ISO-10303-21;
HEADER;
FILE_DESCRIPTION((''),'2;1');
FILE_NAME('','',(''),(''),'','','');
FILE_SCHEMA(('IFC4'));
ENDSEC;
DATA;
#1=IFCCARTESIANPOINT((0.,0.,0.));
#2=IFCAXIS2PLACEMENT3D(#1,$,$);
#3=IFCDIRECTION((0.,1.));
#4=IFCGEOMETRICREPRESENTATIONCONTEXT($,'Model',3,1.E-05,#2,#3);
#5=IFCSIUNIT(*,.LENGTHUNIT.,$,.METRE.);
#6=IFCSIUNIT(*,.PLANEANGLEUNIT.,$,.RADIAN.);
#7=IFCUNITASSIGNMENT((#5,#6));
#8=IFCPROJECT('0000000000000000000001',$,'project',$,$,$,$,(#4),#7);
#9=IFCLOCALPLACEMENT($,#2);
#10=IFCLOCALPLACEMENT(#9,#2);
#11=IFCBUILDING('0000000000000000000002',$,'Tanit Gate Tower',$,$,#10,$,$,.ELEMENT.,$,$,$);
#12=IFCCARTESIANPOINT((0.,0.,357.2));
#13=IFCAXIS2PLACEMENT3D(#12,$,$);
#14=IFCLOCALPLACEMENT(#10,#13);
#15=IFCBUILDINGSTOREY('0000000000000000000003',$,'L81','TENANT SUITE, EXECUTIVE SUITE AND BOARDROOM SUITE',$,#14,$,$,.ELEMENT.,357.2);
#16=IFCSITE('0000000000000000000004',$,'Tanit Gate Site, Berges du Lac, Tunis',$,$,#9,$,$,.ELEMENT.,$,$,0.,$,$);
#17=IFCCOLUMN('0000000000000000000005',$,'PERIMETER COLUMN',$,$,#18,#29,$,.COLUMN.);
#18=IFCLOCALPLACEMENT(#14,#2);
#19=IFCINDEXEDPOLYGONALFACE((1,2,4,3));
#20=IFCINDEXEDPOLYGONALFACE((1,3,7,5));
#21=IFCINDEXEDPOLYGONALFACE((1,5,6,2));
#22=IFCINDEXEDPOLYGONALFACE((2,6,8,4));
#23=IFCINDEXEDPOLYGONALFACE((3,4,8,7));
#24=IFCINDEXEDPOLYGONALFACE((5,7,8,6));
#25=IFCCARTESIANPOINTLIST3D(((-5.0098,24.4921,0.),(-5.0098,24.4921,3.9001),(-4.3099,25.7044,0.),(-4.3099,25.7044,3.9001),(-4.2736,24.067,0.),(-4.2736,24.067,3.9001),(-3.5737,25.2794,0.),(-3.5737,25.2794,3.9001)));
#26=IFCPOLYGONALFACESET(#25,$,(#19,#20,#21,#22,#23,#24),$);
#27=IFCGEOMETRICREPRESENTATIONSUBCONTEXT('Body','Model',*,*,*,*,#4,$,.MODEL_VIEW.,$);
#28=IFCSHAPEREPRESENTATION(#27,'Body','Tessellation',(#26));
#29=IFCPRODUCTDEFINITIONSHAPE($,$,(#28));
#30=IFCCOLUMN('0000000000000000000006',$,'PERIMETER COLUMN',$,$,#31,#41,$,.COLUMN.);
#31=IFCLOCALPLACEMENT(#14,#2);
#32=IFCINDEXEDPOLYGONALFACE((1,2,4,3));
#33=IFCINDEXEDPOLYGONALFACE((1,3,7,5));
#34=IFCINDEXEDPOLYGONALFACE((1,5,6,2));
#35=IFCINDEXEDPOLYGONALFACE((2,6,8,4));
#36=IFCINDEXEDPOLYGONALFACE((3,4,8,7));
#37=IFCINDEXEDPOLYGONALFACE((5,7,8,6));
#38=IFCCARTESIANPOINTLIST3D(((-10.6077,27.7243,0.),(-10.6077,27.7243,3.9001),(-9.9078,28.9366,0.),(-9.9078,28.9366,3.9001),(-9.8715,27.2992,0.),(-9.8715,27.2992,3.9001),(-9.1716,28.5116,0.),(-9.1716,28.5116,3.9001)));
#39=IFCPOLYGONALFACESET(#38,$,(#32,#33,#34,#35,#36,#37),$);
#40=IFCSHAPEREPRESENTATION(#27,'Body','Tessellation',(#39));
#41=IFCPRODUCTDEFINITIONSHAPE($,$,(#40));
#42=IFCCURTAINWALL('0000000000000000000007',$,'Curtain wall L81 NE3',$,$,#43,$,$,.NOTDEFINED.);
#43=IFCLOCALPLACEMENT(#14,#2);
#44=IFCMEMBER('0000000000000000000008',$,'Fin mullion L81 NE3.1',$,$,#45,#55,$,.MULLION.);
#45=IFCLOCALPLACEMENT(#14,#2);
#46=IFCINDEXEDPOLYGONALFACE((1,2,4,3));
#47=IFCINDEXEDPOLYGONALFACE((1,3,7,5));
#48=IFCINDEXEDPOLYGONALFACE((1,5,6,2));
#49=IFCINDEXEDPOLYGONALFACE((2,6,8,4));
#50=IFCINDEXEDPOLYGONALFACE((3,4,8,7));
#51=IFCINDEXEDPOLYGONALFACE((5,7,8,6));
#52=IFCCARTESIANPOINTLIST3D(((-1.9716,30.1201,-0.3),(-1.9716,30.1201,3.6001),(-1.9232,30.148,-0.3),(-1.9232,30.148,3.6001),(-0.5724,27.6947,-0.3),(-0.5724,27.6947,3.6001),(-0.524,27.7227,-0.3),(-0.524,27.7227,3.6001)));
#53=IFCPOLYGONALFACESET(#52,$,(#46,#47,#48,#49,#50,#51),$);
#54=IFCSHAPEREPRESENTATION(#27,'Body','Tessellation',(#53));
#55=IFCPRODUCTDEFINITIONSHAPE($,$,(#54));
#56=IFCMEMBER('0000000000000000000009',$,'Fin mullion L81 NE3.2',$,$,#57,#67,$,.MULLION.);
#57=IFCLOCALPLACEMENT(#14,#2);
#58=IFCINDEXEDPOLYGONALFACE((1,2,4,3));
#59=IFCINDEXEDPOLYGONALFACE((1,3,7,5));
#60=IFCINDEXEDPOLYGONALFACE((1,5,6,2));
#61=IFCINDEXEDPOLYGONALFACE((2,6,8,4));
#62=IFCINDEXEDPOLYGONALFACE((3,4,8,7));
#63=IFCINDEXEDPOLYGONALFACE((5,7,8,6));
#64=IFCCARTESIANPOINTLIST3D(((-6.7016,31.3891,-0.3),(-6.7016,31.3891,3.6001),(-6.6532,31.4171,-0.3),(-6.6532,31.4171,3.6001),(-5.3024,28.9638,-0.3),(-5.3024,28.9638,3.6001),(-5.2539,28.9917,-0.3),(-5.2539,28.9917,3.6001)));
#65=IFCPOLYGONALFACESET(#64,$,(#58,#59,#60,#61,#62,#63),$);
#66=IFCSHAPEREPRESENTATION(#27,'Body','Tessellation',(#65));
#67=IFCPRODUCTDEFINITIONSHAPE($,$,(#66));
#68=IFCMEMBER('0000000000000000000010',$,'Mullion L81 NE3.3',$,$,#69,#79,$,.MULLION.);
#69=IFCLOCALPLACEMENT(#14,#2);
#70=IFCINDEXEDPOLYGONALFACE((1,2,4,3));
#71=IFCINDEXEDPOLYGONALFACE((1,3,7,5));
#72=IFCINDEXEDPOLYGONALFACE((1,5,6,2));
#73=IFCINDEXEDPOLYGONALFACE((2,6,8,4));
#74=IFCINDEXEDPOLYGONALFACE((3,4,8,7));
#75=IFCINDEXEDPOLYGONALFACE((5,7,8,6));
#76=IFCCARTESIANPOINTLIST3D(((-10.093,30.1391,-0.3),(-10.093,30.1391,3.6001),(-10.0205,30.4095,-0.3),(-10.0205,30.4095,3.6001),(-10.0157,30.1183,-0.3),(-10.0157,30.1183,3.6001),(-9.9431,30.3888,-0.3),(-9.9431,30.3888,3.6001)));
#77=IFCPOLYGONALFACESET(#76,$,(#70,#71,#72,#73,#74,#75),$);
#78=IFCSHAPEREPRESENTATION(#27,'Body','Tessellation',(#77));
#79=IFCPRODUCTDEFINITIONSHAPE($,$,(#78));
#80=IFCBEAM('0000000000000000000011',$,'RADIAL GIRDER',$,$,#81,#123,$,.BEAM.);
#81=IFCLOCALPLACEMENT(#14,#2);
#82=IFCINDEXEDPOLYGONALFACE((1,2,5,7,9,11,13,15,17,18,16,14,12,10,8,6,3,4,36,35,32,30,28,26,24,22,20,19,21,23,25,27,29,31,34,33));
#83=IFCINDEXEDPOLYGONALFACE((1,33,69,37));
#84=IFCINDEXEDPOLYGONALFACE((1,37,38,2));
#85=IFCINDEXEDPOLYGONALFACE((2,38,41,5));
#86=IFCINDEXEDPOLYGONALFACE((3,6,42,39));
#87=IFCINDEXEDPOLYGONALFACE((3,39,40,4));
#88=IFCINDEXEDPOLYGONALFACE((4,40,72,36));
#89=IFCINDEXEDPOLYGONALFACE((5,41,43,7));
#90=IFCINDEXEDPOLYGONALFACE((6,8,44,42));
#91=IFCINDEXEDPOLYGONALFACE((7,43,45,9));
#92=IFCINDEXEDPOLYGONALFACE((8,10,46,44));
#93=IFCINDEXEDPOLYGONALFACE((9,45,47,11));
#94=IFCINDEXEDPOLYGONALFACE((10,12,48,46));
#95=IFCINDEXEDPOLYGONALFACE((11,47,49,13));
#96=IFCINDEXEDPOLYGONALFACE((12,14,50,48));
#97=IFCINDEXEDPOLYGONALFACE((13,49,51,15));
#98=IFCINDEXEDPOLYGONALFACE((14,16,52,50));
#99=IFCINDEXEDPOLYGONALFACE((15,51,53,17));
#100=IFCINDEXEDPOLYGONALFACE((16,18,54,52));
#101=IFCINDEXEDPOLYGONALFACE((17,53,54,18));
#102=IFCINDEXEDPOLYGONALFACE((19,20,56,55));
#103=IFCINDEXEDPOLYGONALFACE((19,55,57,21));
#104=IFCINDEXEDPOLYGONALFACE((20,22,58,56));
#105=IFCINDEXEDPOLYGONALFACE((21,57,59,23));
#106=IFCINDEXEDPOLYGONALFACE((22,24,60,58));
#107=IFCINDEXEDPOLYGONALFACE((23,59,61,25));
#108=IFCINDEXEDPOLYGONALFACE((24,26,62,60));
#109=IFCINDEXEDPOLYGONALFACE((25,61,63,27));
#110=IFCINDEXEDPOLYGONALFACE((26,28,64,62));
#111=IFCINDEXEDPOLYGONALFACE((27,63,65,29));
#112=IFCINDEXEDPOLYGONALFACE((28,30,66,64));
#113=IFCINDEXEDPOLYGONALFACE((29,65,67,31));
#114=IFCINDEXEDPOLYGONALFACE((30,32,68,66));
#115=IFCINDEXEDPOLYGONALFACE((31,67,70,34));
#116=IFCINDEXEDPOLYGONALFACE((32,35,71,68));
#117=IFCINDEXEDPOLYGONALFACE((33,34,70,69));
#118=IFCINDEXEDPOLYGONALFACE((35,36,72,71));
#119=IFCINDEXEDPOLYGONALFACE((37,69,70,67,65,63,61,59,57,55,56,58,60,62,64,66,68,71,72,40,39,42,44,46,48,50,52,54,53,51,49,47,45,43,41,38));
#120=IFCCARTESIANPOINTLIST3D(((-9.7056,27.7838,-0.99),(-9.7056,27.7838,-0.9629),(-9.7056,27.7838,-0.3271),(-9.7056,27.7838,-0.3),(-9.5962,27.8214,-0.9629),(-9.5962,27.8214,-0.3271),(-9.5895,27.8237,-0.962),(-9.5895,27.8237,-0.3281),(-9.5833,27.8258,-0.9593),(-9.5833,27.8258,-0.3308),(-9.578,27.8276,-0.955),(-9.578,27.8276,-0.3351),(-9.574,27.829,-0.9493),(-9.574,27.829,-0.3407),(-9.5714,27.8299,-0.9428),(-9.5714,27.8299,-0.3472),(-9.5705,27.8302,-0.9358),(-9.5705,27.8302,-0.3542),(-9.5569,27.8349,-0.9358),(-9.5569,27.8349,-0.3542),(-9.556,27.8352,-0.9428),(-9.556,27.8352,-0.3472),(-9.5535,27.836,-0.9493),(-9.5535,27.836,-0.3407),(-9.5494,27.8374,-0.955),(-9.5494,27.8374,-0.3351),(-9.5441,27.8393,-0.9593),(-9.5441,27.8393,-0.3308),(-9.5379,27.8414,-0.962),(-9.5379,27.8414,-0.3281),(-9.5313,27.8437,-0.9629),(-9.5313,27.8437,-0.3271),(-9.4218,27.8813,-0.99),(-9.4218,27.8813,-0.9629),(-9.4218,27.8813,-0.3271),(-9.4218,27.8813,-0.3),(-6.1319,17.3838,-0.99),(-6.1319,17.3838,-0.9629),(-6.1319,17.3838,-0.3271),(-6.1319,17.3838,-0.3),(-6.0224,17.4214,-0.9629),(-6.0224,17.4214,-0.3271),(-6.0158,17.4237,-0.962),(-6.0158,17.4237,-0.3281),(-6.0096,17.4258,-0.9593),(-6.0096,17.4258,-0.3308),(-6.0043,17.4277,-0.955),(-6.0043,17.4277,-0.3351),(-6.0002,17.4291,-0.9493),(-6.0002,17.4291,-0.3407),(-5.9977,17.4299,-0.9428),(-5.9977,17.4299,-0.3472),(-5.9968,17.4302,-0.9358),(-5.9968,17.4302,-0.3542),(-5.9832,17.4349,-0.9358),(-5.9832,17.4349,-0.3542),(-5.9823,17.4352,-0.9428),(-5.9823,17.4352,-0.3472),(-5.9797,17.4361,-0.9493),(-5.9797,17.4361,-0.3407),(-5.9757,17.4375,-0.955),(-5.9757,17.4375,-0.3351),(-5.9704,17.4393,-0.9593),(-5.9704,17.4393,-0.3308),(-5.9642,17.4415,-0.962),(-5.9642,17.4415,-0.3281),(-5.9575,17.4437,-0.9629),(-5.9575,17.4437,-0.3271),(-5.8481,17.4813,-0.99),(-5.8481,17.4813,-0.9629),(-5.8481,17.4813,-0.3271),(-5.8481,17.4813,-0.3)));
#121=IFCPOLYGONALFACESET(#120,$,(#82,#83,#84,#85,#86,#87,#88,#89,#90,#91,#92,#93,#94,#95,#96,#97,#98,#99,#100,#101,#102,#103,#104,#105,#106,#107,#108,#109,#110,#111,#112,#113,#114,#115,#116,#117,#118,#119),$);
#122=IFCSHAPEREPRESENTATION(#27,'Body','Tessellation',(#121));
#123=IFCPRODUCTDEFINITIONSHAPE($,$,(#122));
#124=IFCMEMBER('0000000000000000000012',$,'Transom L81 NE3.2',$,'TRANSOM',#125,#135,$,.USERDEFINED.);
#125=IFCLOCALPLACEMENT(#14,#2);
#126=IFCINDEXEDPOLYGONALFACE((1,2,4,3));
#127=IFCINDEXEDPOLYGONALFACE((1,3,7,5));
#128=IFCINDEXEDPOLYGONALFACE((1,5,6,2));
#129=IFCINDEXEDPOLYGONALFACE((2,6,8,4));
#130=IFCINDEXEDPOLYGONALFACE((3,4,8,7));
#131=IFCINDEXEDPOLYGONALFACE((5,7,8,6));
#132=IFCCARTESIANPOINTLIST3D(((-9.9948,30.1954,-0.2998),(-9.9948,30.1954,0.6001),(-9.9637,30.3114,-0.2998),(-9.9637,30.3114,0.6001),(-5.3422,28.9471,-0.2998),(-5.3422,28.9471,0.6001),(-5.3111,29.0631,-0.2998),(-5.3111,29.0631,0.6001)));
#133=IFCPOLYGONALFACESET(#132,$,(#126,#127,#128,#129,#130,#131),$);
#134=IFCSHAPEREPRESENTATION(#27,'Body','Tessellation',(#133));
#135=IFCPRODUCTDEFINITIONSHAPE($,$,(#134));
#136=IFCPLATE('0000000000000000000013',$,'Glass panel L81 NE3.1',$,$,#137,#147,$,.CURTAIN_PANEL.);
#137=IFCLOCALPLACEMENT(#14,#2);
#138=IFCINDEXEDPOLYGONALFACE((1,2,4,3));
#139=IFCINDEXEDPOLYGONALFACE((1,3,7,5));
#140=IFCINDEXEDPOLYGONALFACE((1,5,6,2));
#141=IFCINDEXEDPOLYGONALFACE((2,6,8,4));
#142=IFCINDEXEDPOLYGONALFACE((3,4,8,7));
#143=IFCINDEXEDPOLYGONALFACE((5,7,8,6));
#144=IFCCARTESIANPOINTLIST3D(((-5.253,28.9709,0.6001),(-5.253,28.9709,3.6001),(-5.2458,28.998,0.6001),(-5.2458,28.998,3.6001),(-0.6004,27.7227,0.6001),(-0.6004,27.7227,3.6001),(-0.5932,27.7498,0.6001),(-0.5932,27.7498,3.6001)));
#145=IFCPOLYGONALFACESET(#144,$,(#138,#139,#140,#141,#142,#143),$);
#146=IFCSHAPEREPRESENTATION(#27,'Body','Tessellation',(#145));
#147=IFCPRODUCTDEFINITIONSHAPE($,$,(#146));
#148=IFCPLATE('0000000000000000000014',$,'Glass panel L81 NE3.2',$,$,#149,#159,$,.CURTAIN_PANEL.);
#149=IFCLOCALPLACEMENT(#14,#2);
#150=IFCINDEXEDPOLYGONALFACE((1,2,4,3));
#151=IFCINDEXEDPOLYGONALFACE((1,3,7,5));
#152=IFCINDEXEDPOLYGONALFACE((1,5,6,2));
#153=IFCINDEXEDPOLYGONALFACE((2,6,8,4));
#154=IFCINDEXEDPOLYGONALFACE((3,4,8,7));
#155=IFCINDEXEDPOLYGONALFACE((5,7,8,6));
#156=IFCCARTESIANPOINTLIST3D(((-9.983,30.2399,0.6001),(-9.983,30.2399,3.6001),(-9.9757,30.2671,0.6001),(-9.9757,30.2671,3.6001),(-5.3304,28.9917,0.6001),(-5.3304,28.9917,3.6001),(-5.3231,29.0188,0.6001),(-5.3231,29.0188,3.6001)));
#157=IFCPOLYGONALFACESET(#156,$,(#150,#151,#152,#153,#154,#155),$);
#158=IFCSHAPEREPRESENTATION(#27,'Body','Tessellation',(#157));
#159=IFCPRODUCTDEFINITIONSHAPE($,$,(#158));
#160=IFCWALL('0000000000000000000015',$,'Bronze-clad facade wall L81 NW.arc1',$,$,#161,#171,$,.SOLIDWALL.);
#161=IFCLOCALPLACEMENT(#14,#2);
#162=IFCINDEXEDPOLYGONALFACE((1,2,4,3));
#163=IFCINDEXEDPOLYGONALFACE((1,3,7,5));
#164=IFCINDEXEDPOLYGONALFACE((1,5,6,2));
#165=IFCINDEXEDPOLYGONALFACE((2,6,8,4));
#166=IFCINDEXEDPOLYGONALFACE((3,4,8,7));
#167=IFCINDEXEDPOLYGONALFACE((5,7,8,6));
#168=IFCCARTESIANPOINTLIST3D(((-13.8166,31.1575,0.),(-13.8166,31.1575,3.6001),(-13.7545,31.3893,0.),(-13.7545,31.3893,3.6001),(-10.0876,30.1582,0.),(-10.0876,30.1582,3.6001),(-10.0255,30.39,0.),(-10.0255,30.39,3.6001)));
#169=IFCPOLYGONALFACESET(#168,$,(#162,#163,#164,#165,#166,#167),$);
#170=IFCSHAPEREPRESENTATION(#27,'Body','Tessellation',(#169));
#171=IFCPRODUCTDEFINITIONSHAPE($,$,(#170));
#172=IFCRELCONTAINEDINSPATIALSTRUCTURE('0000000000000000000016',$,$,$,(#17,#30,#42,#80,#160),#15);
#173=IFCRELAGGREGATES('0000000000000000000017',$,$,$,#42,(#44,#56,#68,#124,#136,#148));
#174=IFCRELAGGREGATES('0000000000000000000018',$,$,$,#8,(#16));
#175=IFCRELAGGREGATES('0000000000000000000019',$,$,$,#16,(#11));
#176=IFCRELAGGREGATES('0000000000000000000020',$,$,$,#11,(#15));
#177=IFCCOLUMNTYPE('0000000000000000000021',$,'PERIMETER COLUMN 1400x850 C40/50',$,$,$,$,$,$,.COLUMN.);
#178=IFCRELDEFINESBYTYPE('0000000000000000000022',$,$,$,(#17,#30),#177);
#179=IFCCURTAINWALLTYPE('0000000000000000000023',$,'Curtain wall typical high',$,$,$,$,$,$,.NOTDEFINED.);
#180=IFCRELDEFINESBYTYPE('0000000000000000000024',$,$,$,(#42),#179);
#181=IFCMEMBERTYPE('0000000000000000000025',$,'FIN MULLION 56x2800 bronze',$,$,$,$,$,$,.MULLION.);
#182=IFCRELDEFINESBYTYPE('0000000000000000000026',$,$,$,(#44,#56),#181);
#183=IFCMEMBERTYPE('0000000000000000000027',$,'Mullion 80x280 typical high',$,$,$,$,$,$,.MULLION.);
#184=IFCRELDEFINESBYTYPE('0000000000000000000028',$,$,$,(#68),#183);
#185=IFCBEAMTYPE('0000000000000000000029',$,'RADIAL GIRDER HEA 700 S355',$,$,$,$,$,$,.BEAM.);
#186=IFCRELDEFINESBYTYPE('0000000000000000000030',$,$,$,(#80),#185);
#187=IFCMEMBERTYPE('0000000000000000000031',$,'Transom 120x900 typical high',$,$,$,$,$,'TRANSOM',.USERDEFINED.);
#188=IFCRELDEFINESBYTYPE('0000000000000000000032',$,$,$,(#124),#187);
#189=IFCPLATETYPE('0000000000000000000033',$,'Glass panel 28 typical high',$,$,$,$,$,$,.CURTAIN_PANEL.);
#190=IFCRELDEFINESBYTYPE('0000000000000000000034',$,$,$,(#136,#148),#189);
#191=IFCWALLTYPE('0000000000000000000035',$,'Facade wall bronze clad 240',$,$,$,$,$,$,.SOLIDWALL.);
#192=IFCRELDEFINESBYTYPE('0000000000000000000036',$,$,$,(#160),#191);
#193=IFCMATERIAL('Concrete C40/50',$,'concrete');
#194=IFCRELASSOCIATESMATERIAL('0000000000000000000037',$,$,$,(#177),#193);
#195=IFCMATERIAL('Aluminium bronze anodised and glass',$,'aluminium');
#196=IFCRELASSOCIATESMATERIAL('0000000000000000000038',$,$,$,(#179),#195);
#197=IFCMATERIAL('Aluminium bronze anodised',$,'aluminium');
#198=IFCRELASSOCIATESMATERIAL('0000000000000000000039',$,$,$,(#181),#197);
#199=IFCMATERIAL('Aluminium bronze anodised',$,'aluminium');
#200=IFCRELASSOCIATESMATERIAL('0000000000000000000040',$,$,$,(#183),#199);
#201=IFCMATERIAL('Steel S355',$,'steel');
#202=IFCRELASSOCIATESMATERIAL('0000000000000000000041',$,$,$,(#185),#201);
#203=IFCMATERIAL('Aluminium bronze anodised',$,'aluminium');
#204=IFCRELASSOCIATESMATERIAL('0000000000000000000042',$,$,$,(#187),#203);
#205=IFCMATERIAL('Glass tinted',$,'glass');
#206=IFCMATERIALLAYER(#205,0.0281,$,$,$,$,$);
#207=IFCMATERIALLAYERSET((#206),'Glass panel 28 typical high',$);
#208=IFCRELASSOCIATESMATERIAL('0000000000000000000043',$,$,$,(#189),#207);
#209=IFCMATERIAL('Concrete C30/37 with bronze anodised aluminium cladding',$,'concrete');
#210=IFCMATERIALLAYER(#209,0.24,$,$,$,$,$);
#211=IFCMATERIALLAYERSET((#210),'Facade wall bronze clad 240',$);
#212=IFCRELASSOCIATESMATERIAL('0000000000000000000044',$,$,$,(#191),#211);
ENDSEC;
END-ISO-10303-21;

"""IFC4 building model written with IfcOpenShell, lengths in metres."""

from ifc_helpers import new_model, si_unit, direction, frame, frame_2d, origin, origin_2d, place, context, subcontext, project, spatial, rectangle, i_section, extrude, material, layer, layer_set, material_profile, profile_set, type_object, element, aggregate, save


model = new_model("IFC4")

# Units and contexts
model_context = context("Model", 3, precision=1e-05, world=origin(), true_north=direction((0.0, 1.0)))
body_context = subcontext(model_context, "Body", "Model", "MODEL_VIEW")
ifc_project = project(units=[si_unit("LENGTHUNIT", "METRE"), si_unit("PLANEANGLEUNIT", "RADIAN")], contexts=[model_context])

# Site, building, storey
site_placement = place(None, origin())
site = spatial("IfcSite", under=ifc_project, at=site_placement, Name="Tanit Gate Site, Berges du Lac, Tunis", CompositionType="ELEMENT", RefElevation=0.0)
building_placement = place(site_placement, origin())
building = spatial("IfcBuilding", under=site, at=building_placement, Name="Tanit Gate Tower", CompositionType="ELEMENT")
storey_placement = place(building_placement, frame((0.0, 0.0, 357.2)))
storey = spatial("IfcBuildingStorey", under=building, at=storey_placement, Name="L81", Description="TENANT SUITE, EXECUTIVE SUITE AND BOARDROOM SUITE", CompositionType="ELEMENT", Elevation=357.2)

# Columns
ifc_material_1 = material(Name="Concrete C40/50", Category="concrete")
ifc_material_profile_1 = material_profile(ifc_material_1, rectangle(XDim=1.3999, YDim=0.8501, at=origin_2d()), Name="RC 1400x850")
ifc_profile_set_1 = profile_set([ifc_material_profile_1], Name="Concrete C40/50")
column_type = type_object("IfcColumnType", Name="PERIMETER COLUMN 1400x850 C40/50", PredefinedType="COLUMN", material=ifc_profile_set_1)
for number, where, z_axis, x_axis, name in (
    (1, (-4.2917, 24.8857, 0.0), (0.0, 0.0, 1.0), (0.5, 0.866025, 0.0), "PERIMETER COLUMN"),
    (2, (-9.8896, 28.1179, 0.0), (0.0, 0.0, 1.0), (0.5, 0.866025, 0.0), "PERIMETER COLUMN"),
):
    element("IfcColumn", number, at=place(storey_placement, frame(where, z_axis=z_axis, x_axis=x_axis)), inside=storey, type_object=column_type, Name=name, PredefinedType="COLUMN", context=body_context, shape_type="SweptSolid", body=[
        extrude(rectangle(XDim=1.3999, YDim=0.8501, at=origin_2d()), origin(), (0.0, 0.0, 1.0), 3.9001),
    ])

# Curtain wall, members
ifc_material_2 = material(Name="Aluminium bronze anodised and glass", Category="aluminium")
curtain_wall_type = type_object("IfcCurtainWallType", Name="Curtain wall typical high", PredefinedType="NOTDEFINED", material=ifc_material_2)
curtain_wall_placement = place(storey_placement, origin())
curtain_wall = element("IfcCurtainWall", 3, at=curtain_wall_placement, inside=storey, type_object=curtain_wall_type, Name="Curtain wall L81 NE3", PredefinedType="NOTDEFINED")
ifc_material_3 = material(Name="Aluminium bronze anodised", Category="aluminium")
ifc_material_profile_2 = material_profile(ifc_material_3, rectangle(XDim=2.8, YDim=0.0559, at=origin_2d()), Name="56x2800 bronze fin mullion")
ifc_profile_set_2 = profile_set([ifc_material_profile_2], Name="Aluminium bronze anodised")
member_type_1 = type_object("IfcMemberType", Name="FIN MULLION 56x2800 bronze", PredefinedType="MULLION", material=ifc_profile_set_2)
member_1_placement = place(storey_placement, frame((-1.2478, 28.9214, -0.3), z_axis=(0.0, 0.0, 1.0), x_axis=(0.499728, -0.866182, 0.0)))
member_1 = element("IfcMember", 4, at=member_1_placement, type_object=member_type_1, Name="Fin mullion L81 NE3.1", PredefinedType="MULLION", context=body_context, shape_type="SweptSolid", body=[
    extrude(rectangle(XDim=2.8, YDim=0.0559, at=origin_2d()), origin(), (0.0, 0.0, 1.0), 3.9001),
])
member_2_placement = place(storey_placement, frame((-5.9778, 30.1904, -0.3), z_axis=(0.0, 0.0, 1.0), x_axis=(0.499728, -0.866182, 0.0)))
member_2 = element("IfcMember", 5, at=member_2_placement, type_object=member_type_1, Name="Fin mullion L81 NE3.2", PredefinedType="MULLION", context=body_context, shape_type="SweptSolid", body=[
    extrude(rectangle(XDim=2.8, YDim=0.0559, at=origin_2d()), origin(), (0.0, 0.0, 1.0), 3.9001),
])
ifc_material_4 = material(Name="Aluminium bronze anodised", Category="aluminium")
ifc_material_profile_3 = material_profile(ifc_material_4, rectangle(XDim=0.28, YDim=0.0801, at=origin_2d()), Name="80x280 bronze mullion")
ifc_profile_set_3 = profile_set([ifc_material_profile_3], Name="Aluminium bronze anodised")
member_type_2 = type_object("IfcMemberType", Name="Mullion 80x280 typical high", PredefinedType="MULLION", material=ifc_profile_set_3)
member_3_placement = place(storey_placement, frame((-10.0181, 30.2639, -0.3), z_axis=(0.0, 0.0, 1.0), x_axis=(-0.259122, -0.965845, 0.0)))
member_3 = element("IfcMember", 6, at=member_3_placement, type_object=member_type_2, Name="Mullion L81 NE3.3", PredefinedType="MULLION", context=body_context, shape_type="SweptSolid", body=[
    extrude(rectangle(XDim=0.28, YDim=0.0801, at=origin_2d()), origin(), (0.0, 0.0, 1.0), 3.9001),
])

# Beam
ifc_material_5 = material(Name="Steel S355", Category="steel")
ifc_material_profile_4 = material_profile(ifc_material_5, i_section(OverallWidth=0.3, OverallDepth=0.6899, WebThickness=0.0144, FlangeThickness=0.0271, FilletRadius=0.0271, at=origin_2d()), Name="HEA 700")
ifc_profile_set_4 = profile_set([ifc_material_profile_4], Name="Steel S355")
beam_type = type_object("IfcBeamType", Name="RADIAL GIRDER HEA 700 S355", PredefinedType="BEAM", material=ifc_profile_set_4)
beam_placement = place(storey_placement, frame((-9.5637, 27.8325, -0.645), z_axis=(0.324979, -0.945721, 0.0), x_axis=(0.945721, 0.324979, 0.0)))
element("IfcBeam", 7, at=beam_placement, inside=storey, type_object=beam_type, Name="RADIAL GIRDER", PredefinedType="BEAM", context=body_context, shape_type="SweptSolid", body=[
    extrude(i_section(OverallWidth=0.3, OverallDepth=0.6899, WebThickness=0.0144, FlangeThickness=0.0271, FilletRadius=0.0271, at=origin_2d()), origin(), (0.0, 0.0, 1.0), 10.9968),
])

# Member
ifc_material_6 = material(Name="Aluminium bronze anodised", Category="aluminium")
ifc_material_profile_5 = material_profile(ifc_material_6, rectangle(XDim=0.1201, YDim=0.8999, at=origin_2d()), Name="120x900 bronze transom")
ifc_profile_set_5 = profile_set([ifc_material_profile_5], Name="Aluminium bronze anodised")
member_type_3 = type_object("IfcMemberType", Name="Transom 120x900 typical high", ElementType="TRANSOM", PredefinedType="USERDEFINED", material=ifc_profile_set_5)
member_4_placement = place(storey_placement, frame((-5.3267, 29.0051, 0.1501), z_axis=(-0.965841, 0.259135, 0.0), x_axis=(-0.259135, -0.965841, 0.0)))
member_4 = element("IfcMember", 8, at=member_4_placement, type_object=member_type_3, Name="Transom L81 NE3.2", ObjectType="TRANSOM", PredefinedType="USERDEFINED", context=body_context, shape_type="SweptSolid", body=[
    extrude(rectangle(XDim=0.1201, YDim=0.8999, at=origin_2d()), origin(), (0.0, 0.0, 1.0), 4.8171),
])

# Plates
ifc_material_7 = material(Name="Glass tinted", Category="glass")
ifc_layer_1 = layer(ifc_material_7, 0.0281)
ifc_layer_set_1 = layer_set([ifc_layer_1], Name="Glass panel 28 typical high")
plate_type = type_object("IfcPlateType", Name="Glass panel 28 typical high", PredefinedType="CURTAIN_PANEL", material=ifc_layer_set_1)
plate_1_placement = place(storey_placement, frame((-2.9231, 28.3604, 0.6001), z_axis=(0.0, 0.0, 1.0), x_axis=(-0.965845, 0.259122, 0.0)))
plate_1 = element("IfcPlate", 9, at=plate_1_placement, type_object=plate_type, Name="Glass panel L81 NE3.1", PredefinedType="CURTAIN_PANEL", context=body_context, shape_type="SweptSolid", body=[
    extrude(rectangle(XDim=4.8171, YDim=0.0281, at=origin_2d()), origin(), (0.0, 0.0, 1.0), 3.0),
])
plate_2_placement = place(storey_placement, frame((-7.6531, 29.6294, 0.6001), z_axis=(0.0, 0.0, 1.0), x_axis=(-0.965845, 0.259122, 0.0)))
plate_2 = element("IfcPlate", 10, at=plate_2_placement, type_object=plate_type, Name="Glass panel L81 NE3.2", PredefinedType="CURTAIN_PANEL", context=body_context, shape_type="SweptSolid", body=[
    extrude(rectangle(XDim=4.8171, YDim=0.0281, at=origin_2d()), origin(), (0.0, 0.0, 1.0), 3.0),
])
aggregate(curtain_wall, [member_1, member_2, member_3, member_4, plate_1, plate_2])

# Wall
ifc_material_8 = material(Name="Concrete C30/37 with bronze anodised aluminium cladding", Category="concrete")
ifc_layer_2 = layer(ifc_material_8, 0.24)
ifc_layer_set_2 = layer_set([ifc_layer_2], Name="Facade wall bronze clad 240")
wall_type = type_object("IfcWallType", Name="Facade wall bronze clad 240", PredefinedType="SOLIDWALL", material=ifc_layer_set_2)
wall_placement = place(storey_placement, frame((-10.0566, 30.2742, 0.0), z_axis=(0.0, 0.0, 1.0), x_axis=(-0.96592, 0.258839, 0.0)))
element("IfcWall", 11, at=wall_placement, inside=storey, type_object=wall_type, Name="Bronze-clad facade wall L81 NW.arc1", PredefinedType="SOLIDWALL", context=body_context, shape_type="SweptSolid", body=[
    extrude(rectangle(XDim=3.8606, YDim=0.24, at=frame_2d((1.9302, 0.0))), origin(), (0.0, 0.0, 1.0), 3.6001),
])

save(model, "model.ifc")
